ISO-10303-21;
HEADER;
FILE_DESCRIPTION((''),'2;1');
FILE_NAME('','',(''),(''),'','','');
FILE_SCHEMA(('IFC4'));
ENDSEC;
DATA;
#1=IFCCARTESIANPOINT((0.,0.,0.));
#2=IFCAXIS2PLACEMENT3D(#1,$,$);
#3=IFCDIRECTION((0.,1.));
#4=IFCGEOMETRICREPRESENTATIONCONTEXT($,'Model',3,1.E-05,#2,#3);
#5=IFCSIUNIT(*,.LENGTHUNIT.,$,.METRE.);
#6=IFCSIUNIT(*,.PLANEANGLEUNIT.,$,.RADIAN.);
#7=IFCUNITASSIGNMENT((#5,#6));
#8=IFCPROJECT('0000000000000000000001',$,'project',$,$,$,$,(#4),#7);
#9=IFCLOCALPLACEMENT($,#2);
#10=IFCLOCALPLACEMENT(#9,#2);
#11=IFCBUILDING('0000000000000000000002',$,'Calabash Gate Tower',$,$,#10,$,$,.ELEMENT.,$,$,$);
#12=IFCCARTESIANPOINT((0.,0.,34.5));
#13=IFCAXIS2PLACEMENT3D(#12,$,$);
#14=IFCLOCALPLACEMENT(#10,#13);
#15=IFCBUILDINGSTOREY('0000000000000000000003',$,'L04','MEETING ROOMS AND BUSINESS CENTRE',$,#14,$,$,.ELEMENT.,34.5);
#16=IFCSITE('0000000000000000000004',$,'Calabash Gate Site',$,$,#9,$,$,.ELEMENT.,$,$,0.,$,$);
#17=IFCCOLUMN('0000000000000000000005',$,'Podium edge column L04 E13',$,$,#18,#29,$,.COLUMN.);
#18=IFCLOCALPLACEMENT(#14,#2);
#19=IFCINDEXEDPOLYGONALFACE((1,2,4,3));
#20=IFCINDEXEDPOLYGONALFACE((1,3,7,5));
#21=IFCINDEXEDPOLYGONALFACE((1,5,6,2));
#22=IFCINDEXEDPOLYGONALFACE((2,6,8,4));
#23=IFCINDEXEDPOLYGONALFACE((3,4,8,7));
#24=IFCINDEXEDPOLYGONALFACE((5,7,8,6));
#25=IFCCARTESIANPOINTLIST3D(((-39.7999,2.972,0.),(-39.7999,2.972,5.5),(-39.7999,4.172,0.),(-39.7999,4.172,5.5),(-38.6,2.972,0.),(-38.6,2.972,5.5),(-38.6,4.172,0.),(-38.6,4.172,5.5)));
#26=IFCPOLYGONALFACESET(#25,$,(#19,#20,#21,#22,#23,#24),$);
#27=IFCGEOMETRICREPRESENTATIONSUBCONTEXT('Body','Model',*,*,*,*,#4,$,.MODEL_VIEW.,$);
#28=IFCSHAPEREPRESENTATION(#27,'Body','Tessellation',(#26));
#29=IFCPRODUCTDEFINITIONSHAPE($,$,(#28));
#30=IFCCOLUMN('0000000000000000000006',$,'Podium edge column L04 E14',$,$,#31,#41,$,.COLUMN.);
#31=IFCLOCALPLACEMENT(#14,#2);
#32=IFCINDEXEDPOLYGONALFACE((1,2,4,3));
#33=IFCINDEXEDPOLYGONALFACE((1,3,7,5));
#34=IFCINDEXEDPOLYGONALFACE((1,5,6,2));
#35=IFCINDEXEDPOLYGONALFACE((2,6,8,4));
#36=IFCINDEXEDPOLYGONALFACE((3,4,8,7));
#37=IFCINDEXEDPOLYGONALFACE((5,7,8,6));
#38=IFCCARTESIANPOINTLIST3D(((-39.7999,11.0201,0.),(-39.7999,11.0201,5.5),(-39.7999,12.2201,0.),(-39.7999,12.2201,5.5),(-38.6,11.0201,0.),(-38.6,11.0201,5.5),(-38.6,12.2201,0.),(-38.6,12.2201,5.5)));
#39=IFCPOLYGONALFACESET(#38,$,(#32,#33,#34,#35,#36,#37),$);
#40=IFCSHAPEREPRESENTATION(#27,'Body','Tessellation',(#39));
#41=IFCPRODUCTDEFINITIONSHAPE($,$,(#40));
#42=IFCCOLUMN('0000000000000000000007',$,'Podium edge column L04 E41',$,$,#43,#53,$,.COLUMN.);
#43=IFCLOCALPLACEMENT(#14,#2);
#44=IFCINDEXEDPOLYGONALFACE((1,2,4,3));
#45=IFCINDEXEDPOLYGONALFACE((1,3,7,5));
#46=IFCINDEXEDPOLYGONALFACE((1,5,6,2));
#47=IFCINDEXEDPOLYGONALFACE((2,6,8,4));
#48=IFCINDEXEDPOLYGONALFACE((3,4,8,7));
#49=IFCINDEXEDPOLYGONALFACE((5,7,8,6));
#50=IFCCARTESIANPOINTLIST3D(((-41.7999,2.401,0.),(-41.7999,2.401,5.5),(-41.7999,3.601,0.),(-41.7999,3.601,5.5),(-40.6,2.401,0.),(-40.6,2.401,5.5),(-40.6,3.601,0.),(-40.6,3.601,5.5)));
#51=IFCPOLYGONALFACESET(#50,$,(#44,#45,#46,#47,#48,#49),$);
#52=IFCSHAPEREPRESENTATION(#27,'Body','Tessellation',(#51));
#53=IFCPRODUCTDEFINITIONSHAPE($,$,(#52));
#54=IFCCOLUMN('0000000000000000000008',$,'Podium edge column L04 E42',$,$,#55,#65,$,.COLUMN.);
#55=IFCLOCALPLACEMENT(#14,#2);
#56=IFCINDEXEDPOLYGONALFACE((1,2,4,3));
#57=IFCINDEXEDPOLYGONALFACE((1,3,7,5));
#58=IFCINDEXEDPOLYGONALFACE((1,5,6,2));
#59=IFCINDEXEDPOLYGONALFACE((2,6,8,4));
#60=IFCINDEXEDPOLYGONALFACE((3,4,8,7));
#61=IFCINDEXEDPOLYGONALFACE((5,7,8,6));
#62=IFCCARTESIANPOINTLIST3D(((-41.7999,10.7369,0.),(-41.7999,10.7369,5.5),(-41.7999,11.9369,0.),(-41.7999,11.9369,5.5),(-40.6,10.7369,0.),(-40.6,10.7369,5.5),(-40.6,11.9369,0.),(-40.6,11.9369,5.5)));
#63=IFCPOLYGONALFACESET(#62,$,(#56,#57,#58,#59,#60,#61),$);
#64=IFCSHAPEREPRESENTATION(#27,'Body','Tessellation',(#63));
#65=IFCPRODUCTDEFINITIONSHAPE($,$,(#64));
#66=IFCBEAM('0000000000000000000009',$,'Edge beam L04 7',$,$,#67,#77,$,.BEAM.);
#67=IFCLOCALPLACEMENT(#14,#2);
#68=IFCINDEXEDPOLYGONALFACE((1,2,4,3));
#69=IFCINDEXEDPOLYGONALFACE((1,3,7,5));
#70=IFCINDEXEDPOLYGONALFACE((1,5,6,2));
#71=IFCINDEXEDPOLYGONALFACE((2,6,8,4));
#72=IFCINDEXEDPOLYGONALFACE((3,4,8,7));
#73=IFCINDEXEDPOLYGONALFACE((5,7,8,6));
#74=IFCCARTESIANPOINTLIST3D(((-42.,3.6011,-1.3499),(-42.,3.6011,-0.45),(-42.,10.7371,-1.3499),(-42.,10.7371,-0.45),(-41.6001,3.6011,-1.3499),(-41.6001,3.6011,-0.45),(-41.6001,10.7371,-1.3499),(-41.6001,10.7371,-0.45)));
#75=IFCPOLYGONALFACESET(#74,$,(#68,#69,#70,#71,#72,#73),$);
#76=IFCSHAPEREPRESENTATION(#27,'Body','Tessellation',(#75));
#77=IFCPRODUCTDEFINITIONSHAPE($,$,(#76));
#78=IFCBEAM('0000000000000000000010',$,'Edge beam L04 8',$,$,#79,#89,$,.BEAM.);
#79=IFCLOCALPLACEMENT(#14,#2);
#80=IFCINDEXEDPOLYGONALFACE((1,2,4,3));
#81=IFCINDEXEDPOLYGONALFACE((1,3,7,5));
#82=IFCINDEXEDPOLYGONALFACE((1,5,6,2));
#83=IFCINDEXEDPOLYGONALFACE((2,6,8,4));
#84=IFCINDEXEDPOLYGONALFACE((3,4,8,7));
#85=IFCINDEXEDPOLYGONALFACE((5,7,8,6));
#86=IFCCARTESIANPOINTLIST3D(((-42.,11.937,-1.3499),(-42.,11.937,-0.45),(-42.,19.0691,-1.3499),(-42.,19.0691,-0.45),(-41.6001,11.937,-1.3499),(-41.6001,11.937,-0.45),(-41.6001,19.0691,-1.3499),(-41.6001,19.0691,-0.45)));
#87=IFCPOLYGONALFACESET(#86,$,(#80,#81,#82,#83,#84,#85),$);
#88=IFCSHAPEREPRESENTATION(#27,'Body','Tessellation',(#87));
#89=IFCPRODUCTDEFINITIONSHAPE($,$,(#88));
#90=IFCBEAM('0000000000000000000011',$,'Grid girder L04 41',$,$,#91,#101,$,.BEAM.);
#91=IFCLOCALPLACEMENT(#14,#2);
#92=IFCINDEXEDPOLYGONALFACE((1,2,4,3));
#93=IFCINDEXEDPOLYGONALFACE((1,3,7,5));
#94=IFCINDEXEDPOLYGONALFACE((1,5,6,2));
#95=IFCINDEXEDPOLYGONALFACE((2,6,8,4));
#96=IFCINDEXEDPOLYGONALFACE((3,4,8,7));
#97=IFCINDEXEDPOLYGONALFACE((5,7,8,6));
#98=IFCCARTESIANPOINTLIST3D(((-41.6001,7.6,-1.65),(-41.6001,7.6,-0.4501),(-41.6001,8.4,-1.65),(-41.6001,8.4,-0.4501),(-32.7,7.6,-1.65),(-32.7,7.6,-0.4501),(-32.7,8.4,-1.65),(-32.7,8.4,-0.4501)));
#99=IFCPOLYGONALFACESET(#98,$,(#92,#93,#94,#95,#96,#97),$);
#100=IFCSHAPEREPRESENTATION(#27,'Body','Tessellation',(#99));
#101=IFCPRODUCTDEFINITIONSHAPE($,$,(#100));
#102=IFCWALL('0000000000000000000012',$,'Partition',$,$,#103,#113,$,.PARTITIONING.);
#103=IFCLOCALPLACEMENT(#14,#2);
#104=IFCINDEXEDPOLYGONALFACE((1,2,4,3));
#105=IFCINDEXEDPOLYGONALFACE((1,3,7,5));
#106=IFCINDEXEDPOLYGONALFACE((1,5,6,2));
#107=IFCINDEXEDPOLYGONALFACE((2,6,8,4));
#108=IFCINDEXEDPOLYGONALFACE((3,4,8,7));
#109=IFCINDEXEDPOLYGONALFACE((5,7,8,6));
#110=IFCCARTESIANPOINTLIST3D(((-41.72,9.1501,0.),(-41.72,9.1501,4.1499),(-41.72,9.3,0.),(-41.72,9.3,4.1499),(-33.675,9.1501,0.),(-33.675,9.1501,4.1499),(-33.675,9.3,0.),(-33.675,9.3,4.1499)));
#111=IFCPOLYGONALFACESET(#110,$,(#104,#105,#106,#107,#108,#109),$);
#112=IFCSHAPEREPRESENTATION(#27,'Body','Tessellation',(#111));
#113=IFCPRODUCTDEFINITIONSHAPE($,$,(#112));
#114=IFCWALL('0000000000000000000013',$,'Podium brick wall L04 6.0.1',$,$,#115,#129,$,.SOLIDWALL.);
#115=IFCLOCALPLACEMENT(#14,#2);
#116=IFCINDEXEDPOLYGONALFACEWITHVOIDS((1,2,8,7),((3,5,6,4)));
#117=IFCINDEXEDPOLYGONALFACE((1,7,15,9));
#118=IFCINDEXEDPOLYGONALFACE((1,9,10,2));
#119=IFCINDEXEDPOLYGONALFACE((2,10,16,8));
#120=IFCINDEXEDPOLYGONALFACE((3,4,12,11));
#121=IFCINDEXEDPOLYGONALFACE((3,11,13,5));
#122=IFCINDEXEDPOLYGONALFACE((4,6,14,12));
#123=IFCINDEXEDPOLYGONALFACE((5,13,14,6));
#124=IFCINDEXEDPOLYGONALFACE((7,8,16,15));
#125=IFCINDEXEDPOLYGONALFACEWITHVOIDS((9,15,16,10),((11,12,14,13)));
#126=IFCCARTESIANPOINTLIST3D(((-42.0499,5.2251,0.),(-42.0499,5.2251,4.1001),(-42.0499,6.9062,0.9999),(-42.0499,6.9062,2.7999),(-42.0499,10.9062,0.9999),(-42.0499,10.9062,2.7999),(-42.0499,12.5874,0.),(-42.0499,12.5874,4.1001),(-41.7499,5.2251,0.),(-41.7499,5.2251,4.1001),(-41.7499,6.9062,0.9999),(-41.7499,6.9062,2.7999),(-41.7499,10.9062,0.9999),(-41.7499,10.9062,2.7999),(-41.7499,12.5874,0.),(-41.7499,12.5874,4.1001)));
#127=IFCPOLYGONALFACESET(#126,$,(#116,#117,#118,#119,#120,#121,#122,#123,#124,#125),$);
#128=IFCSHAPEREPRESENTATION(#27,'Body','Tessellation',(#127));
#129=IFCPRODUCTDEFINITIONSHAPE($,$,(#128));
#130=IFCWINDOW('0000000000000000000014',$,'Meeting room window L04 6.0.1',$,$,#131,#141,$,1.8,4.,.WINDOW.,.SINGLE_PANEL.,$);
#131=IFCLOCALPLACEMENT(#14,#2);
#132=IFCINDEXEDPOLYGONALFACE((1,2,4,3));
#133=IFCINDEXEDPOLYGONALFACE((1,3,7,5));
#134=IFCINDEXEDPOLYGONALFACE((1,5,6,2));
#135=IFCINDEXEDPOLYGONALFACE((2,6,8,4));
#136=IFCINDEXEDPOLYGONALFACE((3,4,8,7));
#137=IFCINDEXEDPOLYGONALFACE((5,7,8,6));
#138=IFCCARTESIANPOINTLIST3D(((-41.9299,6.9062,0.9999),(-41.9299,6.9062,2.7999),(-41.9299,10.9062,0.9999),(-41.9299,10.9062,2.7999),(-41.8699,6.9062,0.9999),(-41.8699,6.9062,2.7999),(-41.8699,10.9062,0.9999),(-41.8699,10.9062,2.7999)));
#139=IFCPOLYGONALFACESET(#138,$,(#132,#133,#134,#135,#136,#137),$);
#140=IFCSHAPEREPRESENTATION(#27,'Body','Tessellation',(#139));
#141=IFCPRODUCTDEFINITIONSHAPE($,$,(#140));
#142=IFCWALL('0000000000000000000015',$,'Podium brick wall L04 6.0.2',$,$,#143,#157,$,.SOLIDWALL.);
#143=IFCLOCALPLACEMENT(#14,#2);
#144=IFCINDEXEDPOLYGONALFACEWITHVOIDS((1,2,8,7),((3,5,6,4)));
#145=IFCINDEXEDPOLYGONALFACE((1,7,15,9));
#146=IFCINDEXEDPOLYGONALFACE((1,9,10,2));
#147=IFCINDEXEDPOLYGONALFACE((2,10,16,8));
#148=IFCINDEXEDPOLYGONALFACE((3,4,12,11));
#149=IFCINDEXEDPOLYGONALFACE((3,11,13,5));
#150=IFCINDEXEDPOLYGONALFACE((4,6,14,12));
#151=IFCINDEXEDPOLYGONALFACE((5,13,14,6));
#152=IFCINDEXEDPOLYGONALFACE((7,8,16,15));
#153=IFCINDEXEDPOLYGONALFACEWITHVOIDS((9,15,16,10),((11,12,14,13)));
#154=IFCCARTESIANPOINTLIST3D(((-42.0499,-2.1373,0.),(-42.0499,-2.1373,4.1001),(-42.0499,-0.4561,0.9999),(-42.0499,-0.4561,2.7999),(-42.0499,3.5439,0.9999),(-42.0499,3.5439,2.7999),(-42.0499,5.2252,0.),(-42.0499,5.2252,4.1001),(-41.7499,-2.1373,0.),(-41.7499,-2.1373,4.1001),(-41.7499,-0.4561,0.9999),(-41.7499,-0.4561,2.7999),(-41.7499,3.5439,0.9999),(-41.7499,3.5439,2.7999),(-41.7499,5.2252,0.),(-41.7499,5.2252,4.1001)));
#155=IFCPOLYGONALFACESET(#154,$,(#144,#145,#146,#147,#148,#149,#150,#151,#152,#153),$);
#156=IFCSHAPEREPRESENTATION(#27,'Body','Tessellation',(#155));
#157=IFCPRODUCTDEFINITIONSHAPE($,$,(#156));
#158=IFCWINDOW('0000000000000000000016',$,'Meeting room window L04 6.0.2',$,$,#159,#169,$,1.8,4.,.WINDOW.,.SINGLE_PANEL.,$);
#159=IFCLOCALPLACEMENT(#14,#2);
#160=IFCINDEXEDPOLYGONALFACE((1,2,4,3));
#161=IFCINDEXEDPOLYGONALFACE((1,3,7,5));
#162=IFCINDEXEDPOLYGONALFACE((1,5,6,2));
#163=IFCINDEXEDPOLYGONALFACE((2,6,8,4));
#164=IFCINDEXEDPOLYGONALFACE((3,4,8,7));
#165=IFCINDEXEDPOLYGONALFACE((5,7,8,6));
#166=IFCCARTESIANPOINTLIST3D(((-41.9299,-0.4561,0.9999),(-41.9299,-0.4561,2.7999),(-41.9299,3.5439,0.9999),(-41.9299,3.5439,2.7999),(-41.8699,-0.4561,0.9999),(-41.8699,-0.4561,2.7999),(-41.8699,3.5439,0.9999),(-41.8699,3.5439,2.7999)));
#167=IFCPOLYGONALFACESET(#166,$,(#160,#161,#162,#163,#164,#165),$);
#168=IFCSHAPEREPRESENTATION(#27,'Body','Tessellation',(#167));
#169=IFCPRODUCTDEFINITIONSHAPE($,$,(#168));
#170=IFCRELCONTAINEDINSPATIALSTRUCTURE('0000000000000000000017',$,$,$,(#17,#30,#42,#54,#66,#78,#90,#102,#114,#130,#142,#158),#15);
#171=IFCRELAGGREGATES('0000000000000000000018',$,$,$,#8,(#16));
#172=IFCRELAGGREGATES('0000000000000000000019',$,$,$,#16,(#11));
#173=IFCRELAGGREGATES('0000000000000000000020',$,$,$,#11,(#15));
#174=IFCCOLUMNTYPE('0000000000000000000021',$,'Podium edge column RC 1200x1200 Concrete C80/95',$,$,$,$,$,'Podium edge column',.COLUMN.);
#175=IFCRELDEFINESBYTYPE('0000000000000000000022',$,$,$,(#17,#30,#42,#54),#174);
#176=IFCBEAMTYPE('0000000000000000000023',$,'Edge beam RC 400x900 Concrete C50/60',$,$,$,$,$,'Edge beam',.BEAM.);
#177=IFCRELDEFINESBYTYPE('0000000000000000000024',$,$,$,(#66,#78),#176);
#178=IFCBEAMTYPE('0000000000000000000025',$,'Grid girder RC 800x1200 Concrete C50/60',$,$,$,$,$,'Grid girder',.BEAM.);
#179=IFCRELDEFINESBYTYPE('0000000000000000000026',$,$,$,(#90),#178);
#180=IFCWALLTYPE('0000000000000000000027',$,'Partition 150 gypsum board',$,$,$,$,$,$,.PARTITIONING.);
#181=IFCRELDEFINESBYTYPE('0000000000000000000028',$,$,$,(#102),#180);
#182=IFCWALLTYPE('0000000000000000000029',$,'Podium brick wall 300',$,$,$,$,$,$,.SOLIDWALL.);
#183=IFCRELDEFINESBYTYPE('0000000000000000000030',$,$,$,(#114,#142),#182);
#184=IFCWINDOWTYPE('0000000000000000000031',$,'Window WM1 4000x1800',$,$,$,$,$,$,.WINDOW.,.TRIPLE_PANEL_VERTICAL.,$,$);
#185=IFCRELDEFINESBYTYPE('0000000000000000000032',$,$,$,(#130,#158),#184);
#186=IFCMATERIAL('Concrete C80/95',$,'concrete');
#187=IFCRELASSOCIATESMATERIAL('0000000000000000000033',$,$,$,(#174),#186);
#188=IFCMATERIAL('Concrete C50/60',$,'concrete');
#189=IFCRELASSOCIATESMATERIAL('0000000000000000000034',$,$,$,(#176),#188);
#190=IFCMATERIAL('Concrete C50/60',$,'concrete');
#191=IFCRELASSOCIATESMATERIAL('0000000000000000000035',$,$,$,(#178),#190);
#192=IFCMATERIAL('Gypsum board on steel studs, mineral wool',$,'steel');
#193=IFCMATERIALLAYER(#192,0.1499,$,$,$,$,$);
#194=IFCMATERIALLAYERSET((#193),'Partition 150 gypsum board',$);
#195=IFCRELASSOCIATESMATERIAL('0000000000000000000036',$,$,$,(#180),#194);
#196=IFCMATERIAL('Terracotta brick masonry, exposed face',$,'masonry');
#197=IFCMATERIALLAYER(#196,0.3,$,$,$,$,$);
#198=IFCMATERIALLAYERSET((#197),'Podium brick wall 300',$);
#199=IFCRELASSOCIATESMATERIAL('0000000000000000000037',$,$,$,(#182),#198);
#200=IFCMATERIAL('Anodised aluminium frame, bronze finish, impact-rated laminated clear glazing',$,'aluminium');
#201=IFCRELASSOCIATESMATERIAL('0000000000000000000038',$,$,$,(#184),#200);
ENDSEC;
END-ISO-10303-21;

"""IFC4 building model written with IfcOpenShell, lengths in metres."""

from ifc_helpers import new_model, si_unit, direction, frame, frame_2d, origin, origin_2d, place, context, subcontext, project, spatial, rectangle, extrude, material, layer, layer_set, material_profile, profile_set, type_object, element, fill, save


model = new_model("IFC4")

# Units and contexts
model_context = context("Model", 3, precision=1e-05, world=origin(), true_north=direction((0.0, 1.0)))
body_context = subcontext(model_context, "Body", "Model", "MODEL_VIEW")
ifc_project = project(units=[si_unit("LENGTHUNIT", "METRE"), si_unit("PLANEANGLEUNIT", "RADIAN")], contexts=[model_context])

# Site, building, storey
site_placement = place(None, origin())
site = spatial("IfcSite", under=ifc_project, at=site_placement, Name="Calabash Gate Site", CompositionType="ELEMENT", RefElevation=0.0)
building_placement = place(site_placement, origin())
building = spatial("IfcBuilding", under=site, at=building_placement, Name="Calabash Gate Tower", CompositionType="ELEMENT")
storey_placement = place(building_placement, frame((0.0, 0.0, 34.5)))
storey = spatial("IfcBuildingStorey", under=building, at=storey_placement, Name="L04", Description="MEETING ROOMS AND BUSINESS CENTRE", CompositionType="ELEMENT", Elevation=34.5)

# Columns
ifc_material_1 = material(Name="Concrete C80/95", Category="concrete")
ifc_material_profile_1 = material_profile(ifc_material_1, rectangle(XDim=1.2, YDim=1.2, at=origin_2d()))
ifc_profile_set_1 = profile_set([ifc_material_profile_1], Name="Concrete C80/95")
column_type = type_object("IfcColumnType", Name="Podium edge column RC 1200x1200 Concrete C80/95", ElementType="Podium edge column", PredefinedType="COLUMN", material=ifc_profile_set_1)
for number, where, z_axis, x_axis, name in (
    (1, (-39.2, 3.572, 0.0), (0.0, 0.0, 1.0), (1.0, 0.0, 0.0), "Podium edge column L04 E13"),
    (2, (-39.2, 11.6201, 0.0), (0.0, 0.0, 1.0), (1.0, 0.0, 0.0), "Podium edge column L04 E14"),
    (3, (-41.2, 3.001, 0.0), (0.0, 0.0, 1.0), (1.0, 0.0, 0.0), "Podium edge column L04 E41"),
    (4, (-41.2, 11.3369, 0.0), (0.0, 0.0, 1.0), (1.0, 0.0, 0.0), "Podium edge column L04 E42"),
):
    element("IfcColumn", number, at=place(storey_placement, frame(where, z_axis=z_axis, x_axis=x_axis)), inside=storey, type_object=column_type, Name=name, PredefinedType="COLUMN", context=body_context, shape_type="SweptSolid", body=[
        extrude(rectangle(XDim=1.2, YDim=1.2, at=origin_2d()), origin(), (0.0, 0.0, 1.0), 5.5),
    ])

# Beams
ifc_material_2 = material(Name="Concrete C50/60", Category="concrete")
ifc_material_profile_2 = material_profile(ifc_material_2, rectangle(XDim=0.3999, YDim=0.8999, at=origin_2d()))
ifc_profile_set_2 = profile_set([ifc_material_profile_2], Name="Concrete C50/60")
beam_type_1 = type_object("IfcBeamType", Name="Edge beam RC 400x900 Concrete C50/60", ElementType="Edge beam", PredefinedType="BEAM", material=ifc_profile_set_2)
beam_1_placement = place(storey_placement, frame((-41.8, 3.6011, -0.8999), z_axis=(0.0, 1.0, 0.0), x_axis=(-1.0, 0.0, 0.0)))
element("IfcBeam", 5, at=beam_1_placement, inside=storey, type_object=beam_type_1, Name="Edge beam L04 7", PredefinedType="BEAM", context=body_context, shape_type="SweptSolid", body=[
    extrude(rectangle(XDim=0.3999, YDim=0.8999, at=origin_2d()), origin(), (0.0, 0.0, 1.0), 7.136),
])
beam_2_placement = place(storey_placement, frame((-41.8, 11.937, -0.8999), z_axis=(0.0, 1.0, 0.0), x_axis=(-1.0, 0.0, 0.0)))
element("IfcBeam", 6, at=beam_2_placement, inside=storey, type_object=beam_type_1, Name="Edge beam L04 8", PredefinedType="BEAM", context=body_context, shape_type="SweptSolid", body=[
    extrude(rectangle(XDim=0.3999, YDim=0.8999, at=origin_2d()), origin(), (0.0, 0.0, 1.0), 7.1321),
])
ifc_material_3 = material(Name="Concrete C50/60", Category="concrete")
ifc_material_profile_3 = material_profile(ifc_material_3, rectangle(XDim=0.8, YDim=1.2, at=origin_2d()))
ifc_profile_set_3 = profile_set([ifc_material_profile_3], Name="Concrete C50/60")
beam_type_2 = type_object("IfcBeamType", Name="Grid girder RC 800x1200 Concrete C50/60", ElementType="Grid girder", PredefinedType="BEAM", material=ifc_profile_set_3)
beam_3_placement = place(storey_placement, frame((-41.6001, 8.0, -1.05), z_axis=(1.0, 0.0, 0.0), x_axis=(0.0, 1.0, 0.0)))
element("IfcBeam", 7, at=beam_3_placement, inside=storey, type_object=beam_type_2, Name="Grid girder L04 41", PredefinedType="BEAM", context=body_context, shape_type="SweptSolid", body=[
    extrude(rectangle(XDim=0.8, YDim=1.2, at=origin_2d()), origin(), (0.0, 0.0, 1.0), 8.9001),
])

# Wall
ifc_material_4 = material(Name="Gypsum board on steel studs, mineral wool", Category="steel")
ifc_layer_1 = layer(ifc_material_4, 0.1499)
ifc_layer_set_1 = layer_set([ifc_layer_1], Name="Partition 150 gypsum board")
wall_type_1 = type_object("IfcWallType", Name="Partition 150 gypsum board", PredefinedType="PARTITIONING", material=ifc_layer_set_1)
wall_1_placement = place(storey_placement, frame((-41.72, 9.2251, 0.0), z_axis=(0.0, 0.0, 1.0), x_axis=(1.0, 0.0, 0.0)))
element("IfcWall", 8, at=wall_1_placement, inside=storey, type_object=wall_type_1, Name="Partition", PredefinedType="PARTITIONING", context=body_context, shape_type="SweptSolid", body=[
    extrude(rectangle(XDim=8.0449, YDim=0.1499, at=frame_2d((4.0225, 0.0))), origin(), (0.0, 0.0, 1.0), 4.1499),
])

# Walls, openings, windows
ifc_material_5 = material(Name="Terracotta brick masonry, exposed face", Category="masonry")
ifc_layer_2 = layer(ifc_material_5, 0.3)
ifc_layer_set_2 = layer_set([ifc_layer_2], Name="Podium brick wall 300")
wall_type_2 = type_object("IfcWallType", Name="Podium brick wall 300", PredefinedType="SOLIDWALL", material=ifc_layer_set_2)
wall_2_placement = place(storey_placement, frame((-41.8999, 12.5874, 0.0), z_axis=(0.0, 0.0, 1.0), x_axis=(0.0, -1.0, 0.0)))
wall_2 = element("IfcWall", 9, at=wall_2_placement, inside=storey, type_object=wall_type_2, Name="Podium brick wall L04 6.0.1", PredefinedType="SOLIDWALL", context=body_context, shape_type="SweptSolid", body=[
    extrude(rectangle(XDim=7.3623, YDim=0.3, at=frame_2d((3.6812, 0.0))), origin(), (0.0, 0.0, 1.0), 4.1001),
])
opening_1_placement = place(wall_2_placement, frame((1.6812, 0.0, 1.0)))
opening_1 = element("IfcOpeningElement", 10, at=opening_1_placement, cuts=wall_2, PredefinedType="OPENING", context=body_context, shape_type="SweptSolid", body=[
    extrude(rectangle(XDim=4.0, YDim=1.8, at=frame_2d((2.0, 0.8999))), frame((0.0, 0.1599, 0.0), z_axis=(0.0, -1.0, 0.0), x_axis=(1.0, 0.0, 0.0)), (0.0, 0.0, 1.0), 0.3201),
])
ifc_material_6 = material(Name="Anodised aluminium frame, bronze finish, impact-rated laminated clear glazing", Category="aluminium")
window_type = type_object("IfcWindowType", Name="Window WM1 4000x1800", PartitioningType="TRIPLE_PANEL_VERTICAL", PredefinedType="WINDOW", material=ifc_material_6)
window_1_placement = place(opening_1_placement, origin())
window_1 = element("IfcWindow", 11, at=window_1_placement, inside=storey, type_object=window_type, Name="Meeting room window L04 6.0.1", OverallHeight=1.8, OverallWidth=4.0, PartitioningType="SINGLE_PANEL", PredefinedType="WINDOW", context=body_context, shape_type="SweptSolid", body=[
    extrude(rectangle(XDim=4.0, YDim=1.8, at=frame_2d((2.0, 0.8999))), frame((0.0, 0.03, 0.0), z_axis=(0.0, -1.0, 0.0), x_axis=(1.0, 0.0, 0.0)), (0.0, 0.0, 1.0), 0.0601),
])
fill(opening_1, window_1)
wall_3_placement = place(storey_placement, frame((-41.8999, 5.2251, 0.0), z_axis=(0.0, 0.0, 1.0), x_axis=(0.0, -1.0, 0.0)))
wall_3 = element("IfcWall", 12, at=wall_3_placement, inside=storey, type_object=wall_type_2, Name="Podium brick wall L04 6.0.2", PredefinedType="SOLIDWALL", context=body_context, shape_type="SweptSolid", body=[
    extrude(rectangle(XDim=7.3625, YDim=0.3, at=frame_2d((3.6812, 0.0))), origin(), (0.0, 0.0, 1.0), 4.1001),
])
opening_2_placement = place(wall_3_placement, frame((1.6812, 0.0, 1.0)))
opening_2 = element("IfcOpeningElement", 13, at=opening_2_placement, cuts=wall_3, PredefinedType="OPENING", context=body_context, shape_type="SweptSolid", body=[
    extrude(rectangle(XDim=4.0, YDim=1.8, at=frame_2d((2.0, 0.8999))), frame((0.0, 0.1599, 0.0), z_axis=(0.0, -1.0, 0.0), x_axis=(1.0, 0.0, 0.0)), (0.0, 0.0, 1.0), 0.3201),
])
window_2_placement = place(opening_2_placement, origin())
window_2 = element("IfcWindow", 14, at=window_2_placement, inside=storey, type_object=window_type, Name="Meeting room window L04 6.0.2", OverallHeight=1.8, OverallWidth=4.0, PartitioningType="SINGLE_PANEL", PredefinedType="WINDOW", context=body_context, shape_type="SweptSolid", body=[
    extrude(rectangle(XDim=4.0, YDim=1.8, at=frame_2d((2.0, 0.8999))), frame((0.0, 0.03, 0.0), z_axis=(0.0, -1.0, 0.0), x_axis=(1.0, 0.0, 0.0)), (0.0, 0.0, 1.0), 0.0601),
])
fill(opening_2, window_2)

save(model, "model.ifc")
